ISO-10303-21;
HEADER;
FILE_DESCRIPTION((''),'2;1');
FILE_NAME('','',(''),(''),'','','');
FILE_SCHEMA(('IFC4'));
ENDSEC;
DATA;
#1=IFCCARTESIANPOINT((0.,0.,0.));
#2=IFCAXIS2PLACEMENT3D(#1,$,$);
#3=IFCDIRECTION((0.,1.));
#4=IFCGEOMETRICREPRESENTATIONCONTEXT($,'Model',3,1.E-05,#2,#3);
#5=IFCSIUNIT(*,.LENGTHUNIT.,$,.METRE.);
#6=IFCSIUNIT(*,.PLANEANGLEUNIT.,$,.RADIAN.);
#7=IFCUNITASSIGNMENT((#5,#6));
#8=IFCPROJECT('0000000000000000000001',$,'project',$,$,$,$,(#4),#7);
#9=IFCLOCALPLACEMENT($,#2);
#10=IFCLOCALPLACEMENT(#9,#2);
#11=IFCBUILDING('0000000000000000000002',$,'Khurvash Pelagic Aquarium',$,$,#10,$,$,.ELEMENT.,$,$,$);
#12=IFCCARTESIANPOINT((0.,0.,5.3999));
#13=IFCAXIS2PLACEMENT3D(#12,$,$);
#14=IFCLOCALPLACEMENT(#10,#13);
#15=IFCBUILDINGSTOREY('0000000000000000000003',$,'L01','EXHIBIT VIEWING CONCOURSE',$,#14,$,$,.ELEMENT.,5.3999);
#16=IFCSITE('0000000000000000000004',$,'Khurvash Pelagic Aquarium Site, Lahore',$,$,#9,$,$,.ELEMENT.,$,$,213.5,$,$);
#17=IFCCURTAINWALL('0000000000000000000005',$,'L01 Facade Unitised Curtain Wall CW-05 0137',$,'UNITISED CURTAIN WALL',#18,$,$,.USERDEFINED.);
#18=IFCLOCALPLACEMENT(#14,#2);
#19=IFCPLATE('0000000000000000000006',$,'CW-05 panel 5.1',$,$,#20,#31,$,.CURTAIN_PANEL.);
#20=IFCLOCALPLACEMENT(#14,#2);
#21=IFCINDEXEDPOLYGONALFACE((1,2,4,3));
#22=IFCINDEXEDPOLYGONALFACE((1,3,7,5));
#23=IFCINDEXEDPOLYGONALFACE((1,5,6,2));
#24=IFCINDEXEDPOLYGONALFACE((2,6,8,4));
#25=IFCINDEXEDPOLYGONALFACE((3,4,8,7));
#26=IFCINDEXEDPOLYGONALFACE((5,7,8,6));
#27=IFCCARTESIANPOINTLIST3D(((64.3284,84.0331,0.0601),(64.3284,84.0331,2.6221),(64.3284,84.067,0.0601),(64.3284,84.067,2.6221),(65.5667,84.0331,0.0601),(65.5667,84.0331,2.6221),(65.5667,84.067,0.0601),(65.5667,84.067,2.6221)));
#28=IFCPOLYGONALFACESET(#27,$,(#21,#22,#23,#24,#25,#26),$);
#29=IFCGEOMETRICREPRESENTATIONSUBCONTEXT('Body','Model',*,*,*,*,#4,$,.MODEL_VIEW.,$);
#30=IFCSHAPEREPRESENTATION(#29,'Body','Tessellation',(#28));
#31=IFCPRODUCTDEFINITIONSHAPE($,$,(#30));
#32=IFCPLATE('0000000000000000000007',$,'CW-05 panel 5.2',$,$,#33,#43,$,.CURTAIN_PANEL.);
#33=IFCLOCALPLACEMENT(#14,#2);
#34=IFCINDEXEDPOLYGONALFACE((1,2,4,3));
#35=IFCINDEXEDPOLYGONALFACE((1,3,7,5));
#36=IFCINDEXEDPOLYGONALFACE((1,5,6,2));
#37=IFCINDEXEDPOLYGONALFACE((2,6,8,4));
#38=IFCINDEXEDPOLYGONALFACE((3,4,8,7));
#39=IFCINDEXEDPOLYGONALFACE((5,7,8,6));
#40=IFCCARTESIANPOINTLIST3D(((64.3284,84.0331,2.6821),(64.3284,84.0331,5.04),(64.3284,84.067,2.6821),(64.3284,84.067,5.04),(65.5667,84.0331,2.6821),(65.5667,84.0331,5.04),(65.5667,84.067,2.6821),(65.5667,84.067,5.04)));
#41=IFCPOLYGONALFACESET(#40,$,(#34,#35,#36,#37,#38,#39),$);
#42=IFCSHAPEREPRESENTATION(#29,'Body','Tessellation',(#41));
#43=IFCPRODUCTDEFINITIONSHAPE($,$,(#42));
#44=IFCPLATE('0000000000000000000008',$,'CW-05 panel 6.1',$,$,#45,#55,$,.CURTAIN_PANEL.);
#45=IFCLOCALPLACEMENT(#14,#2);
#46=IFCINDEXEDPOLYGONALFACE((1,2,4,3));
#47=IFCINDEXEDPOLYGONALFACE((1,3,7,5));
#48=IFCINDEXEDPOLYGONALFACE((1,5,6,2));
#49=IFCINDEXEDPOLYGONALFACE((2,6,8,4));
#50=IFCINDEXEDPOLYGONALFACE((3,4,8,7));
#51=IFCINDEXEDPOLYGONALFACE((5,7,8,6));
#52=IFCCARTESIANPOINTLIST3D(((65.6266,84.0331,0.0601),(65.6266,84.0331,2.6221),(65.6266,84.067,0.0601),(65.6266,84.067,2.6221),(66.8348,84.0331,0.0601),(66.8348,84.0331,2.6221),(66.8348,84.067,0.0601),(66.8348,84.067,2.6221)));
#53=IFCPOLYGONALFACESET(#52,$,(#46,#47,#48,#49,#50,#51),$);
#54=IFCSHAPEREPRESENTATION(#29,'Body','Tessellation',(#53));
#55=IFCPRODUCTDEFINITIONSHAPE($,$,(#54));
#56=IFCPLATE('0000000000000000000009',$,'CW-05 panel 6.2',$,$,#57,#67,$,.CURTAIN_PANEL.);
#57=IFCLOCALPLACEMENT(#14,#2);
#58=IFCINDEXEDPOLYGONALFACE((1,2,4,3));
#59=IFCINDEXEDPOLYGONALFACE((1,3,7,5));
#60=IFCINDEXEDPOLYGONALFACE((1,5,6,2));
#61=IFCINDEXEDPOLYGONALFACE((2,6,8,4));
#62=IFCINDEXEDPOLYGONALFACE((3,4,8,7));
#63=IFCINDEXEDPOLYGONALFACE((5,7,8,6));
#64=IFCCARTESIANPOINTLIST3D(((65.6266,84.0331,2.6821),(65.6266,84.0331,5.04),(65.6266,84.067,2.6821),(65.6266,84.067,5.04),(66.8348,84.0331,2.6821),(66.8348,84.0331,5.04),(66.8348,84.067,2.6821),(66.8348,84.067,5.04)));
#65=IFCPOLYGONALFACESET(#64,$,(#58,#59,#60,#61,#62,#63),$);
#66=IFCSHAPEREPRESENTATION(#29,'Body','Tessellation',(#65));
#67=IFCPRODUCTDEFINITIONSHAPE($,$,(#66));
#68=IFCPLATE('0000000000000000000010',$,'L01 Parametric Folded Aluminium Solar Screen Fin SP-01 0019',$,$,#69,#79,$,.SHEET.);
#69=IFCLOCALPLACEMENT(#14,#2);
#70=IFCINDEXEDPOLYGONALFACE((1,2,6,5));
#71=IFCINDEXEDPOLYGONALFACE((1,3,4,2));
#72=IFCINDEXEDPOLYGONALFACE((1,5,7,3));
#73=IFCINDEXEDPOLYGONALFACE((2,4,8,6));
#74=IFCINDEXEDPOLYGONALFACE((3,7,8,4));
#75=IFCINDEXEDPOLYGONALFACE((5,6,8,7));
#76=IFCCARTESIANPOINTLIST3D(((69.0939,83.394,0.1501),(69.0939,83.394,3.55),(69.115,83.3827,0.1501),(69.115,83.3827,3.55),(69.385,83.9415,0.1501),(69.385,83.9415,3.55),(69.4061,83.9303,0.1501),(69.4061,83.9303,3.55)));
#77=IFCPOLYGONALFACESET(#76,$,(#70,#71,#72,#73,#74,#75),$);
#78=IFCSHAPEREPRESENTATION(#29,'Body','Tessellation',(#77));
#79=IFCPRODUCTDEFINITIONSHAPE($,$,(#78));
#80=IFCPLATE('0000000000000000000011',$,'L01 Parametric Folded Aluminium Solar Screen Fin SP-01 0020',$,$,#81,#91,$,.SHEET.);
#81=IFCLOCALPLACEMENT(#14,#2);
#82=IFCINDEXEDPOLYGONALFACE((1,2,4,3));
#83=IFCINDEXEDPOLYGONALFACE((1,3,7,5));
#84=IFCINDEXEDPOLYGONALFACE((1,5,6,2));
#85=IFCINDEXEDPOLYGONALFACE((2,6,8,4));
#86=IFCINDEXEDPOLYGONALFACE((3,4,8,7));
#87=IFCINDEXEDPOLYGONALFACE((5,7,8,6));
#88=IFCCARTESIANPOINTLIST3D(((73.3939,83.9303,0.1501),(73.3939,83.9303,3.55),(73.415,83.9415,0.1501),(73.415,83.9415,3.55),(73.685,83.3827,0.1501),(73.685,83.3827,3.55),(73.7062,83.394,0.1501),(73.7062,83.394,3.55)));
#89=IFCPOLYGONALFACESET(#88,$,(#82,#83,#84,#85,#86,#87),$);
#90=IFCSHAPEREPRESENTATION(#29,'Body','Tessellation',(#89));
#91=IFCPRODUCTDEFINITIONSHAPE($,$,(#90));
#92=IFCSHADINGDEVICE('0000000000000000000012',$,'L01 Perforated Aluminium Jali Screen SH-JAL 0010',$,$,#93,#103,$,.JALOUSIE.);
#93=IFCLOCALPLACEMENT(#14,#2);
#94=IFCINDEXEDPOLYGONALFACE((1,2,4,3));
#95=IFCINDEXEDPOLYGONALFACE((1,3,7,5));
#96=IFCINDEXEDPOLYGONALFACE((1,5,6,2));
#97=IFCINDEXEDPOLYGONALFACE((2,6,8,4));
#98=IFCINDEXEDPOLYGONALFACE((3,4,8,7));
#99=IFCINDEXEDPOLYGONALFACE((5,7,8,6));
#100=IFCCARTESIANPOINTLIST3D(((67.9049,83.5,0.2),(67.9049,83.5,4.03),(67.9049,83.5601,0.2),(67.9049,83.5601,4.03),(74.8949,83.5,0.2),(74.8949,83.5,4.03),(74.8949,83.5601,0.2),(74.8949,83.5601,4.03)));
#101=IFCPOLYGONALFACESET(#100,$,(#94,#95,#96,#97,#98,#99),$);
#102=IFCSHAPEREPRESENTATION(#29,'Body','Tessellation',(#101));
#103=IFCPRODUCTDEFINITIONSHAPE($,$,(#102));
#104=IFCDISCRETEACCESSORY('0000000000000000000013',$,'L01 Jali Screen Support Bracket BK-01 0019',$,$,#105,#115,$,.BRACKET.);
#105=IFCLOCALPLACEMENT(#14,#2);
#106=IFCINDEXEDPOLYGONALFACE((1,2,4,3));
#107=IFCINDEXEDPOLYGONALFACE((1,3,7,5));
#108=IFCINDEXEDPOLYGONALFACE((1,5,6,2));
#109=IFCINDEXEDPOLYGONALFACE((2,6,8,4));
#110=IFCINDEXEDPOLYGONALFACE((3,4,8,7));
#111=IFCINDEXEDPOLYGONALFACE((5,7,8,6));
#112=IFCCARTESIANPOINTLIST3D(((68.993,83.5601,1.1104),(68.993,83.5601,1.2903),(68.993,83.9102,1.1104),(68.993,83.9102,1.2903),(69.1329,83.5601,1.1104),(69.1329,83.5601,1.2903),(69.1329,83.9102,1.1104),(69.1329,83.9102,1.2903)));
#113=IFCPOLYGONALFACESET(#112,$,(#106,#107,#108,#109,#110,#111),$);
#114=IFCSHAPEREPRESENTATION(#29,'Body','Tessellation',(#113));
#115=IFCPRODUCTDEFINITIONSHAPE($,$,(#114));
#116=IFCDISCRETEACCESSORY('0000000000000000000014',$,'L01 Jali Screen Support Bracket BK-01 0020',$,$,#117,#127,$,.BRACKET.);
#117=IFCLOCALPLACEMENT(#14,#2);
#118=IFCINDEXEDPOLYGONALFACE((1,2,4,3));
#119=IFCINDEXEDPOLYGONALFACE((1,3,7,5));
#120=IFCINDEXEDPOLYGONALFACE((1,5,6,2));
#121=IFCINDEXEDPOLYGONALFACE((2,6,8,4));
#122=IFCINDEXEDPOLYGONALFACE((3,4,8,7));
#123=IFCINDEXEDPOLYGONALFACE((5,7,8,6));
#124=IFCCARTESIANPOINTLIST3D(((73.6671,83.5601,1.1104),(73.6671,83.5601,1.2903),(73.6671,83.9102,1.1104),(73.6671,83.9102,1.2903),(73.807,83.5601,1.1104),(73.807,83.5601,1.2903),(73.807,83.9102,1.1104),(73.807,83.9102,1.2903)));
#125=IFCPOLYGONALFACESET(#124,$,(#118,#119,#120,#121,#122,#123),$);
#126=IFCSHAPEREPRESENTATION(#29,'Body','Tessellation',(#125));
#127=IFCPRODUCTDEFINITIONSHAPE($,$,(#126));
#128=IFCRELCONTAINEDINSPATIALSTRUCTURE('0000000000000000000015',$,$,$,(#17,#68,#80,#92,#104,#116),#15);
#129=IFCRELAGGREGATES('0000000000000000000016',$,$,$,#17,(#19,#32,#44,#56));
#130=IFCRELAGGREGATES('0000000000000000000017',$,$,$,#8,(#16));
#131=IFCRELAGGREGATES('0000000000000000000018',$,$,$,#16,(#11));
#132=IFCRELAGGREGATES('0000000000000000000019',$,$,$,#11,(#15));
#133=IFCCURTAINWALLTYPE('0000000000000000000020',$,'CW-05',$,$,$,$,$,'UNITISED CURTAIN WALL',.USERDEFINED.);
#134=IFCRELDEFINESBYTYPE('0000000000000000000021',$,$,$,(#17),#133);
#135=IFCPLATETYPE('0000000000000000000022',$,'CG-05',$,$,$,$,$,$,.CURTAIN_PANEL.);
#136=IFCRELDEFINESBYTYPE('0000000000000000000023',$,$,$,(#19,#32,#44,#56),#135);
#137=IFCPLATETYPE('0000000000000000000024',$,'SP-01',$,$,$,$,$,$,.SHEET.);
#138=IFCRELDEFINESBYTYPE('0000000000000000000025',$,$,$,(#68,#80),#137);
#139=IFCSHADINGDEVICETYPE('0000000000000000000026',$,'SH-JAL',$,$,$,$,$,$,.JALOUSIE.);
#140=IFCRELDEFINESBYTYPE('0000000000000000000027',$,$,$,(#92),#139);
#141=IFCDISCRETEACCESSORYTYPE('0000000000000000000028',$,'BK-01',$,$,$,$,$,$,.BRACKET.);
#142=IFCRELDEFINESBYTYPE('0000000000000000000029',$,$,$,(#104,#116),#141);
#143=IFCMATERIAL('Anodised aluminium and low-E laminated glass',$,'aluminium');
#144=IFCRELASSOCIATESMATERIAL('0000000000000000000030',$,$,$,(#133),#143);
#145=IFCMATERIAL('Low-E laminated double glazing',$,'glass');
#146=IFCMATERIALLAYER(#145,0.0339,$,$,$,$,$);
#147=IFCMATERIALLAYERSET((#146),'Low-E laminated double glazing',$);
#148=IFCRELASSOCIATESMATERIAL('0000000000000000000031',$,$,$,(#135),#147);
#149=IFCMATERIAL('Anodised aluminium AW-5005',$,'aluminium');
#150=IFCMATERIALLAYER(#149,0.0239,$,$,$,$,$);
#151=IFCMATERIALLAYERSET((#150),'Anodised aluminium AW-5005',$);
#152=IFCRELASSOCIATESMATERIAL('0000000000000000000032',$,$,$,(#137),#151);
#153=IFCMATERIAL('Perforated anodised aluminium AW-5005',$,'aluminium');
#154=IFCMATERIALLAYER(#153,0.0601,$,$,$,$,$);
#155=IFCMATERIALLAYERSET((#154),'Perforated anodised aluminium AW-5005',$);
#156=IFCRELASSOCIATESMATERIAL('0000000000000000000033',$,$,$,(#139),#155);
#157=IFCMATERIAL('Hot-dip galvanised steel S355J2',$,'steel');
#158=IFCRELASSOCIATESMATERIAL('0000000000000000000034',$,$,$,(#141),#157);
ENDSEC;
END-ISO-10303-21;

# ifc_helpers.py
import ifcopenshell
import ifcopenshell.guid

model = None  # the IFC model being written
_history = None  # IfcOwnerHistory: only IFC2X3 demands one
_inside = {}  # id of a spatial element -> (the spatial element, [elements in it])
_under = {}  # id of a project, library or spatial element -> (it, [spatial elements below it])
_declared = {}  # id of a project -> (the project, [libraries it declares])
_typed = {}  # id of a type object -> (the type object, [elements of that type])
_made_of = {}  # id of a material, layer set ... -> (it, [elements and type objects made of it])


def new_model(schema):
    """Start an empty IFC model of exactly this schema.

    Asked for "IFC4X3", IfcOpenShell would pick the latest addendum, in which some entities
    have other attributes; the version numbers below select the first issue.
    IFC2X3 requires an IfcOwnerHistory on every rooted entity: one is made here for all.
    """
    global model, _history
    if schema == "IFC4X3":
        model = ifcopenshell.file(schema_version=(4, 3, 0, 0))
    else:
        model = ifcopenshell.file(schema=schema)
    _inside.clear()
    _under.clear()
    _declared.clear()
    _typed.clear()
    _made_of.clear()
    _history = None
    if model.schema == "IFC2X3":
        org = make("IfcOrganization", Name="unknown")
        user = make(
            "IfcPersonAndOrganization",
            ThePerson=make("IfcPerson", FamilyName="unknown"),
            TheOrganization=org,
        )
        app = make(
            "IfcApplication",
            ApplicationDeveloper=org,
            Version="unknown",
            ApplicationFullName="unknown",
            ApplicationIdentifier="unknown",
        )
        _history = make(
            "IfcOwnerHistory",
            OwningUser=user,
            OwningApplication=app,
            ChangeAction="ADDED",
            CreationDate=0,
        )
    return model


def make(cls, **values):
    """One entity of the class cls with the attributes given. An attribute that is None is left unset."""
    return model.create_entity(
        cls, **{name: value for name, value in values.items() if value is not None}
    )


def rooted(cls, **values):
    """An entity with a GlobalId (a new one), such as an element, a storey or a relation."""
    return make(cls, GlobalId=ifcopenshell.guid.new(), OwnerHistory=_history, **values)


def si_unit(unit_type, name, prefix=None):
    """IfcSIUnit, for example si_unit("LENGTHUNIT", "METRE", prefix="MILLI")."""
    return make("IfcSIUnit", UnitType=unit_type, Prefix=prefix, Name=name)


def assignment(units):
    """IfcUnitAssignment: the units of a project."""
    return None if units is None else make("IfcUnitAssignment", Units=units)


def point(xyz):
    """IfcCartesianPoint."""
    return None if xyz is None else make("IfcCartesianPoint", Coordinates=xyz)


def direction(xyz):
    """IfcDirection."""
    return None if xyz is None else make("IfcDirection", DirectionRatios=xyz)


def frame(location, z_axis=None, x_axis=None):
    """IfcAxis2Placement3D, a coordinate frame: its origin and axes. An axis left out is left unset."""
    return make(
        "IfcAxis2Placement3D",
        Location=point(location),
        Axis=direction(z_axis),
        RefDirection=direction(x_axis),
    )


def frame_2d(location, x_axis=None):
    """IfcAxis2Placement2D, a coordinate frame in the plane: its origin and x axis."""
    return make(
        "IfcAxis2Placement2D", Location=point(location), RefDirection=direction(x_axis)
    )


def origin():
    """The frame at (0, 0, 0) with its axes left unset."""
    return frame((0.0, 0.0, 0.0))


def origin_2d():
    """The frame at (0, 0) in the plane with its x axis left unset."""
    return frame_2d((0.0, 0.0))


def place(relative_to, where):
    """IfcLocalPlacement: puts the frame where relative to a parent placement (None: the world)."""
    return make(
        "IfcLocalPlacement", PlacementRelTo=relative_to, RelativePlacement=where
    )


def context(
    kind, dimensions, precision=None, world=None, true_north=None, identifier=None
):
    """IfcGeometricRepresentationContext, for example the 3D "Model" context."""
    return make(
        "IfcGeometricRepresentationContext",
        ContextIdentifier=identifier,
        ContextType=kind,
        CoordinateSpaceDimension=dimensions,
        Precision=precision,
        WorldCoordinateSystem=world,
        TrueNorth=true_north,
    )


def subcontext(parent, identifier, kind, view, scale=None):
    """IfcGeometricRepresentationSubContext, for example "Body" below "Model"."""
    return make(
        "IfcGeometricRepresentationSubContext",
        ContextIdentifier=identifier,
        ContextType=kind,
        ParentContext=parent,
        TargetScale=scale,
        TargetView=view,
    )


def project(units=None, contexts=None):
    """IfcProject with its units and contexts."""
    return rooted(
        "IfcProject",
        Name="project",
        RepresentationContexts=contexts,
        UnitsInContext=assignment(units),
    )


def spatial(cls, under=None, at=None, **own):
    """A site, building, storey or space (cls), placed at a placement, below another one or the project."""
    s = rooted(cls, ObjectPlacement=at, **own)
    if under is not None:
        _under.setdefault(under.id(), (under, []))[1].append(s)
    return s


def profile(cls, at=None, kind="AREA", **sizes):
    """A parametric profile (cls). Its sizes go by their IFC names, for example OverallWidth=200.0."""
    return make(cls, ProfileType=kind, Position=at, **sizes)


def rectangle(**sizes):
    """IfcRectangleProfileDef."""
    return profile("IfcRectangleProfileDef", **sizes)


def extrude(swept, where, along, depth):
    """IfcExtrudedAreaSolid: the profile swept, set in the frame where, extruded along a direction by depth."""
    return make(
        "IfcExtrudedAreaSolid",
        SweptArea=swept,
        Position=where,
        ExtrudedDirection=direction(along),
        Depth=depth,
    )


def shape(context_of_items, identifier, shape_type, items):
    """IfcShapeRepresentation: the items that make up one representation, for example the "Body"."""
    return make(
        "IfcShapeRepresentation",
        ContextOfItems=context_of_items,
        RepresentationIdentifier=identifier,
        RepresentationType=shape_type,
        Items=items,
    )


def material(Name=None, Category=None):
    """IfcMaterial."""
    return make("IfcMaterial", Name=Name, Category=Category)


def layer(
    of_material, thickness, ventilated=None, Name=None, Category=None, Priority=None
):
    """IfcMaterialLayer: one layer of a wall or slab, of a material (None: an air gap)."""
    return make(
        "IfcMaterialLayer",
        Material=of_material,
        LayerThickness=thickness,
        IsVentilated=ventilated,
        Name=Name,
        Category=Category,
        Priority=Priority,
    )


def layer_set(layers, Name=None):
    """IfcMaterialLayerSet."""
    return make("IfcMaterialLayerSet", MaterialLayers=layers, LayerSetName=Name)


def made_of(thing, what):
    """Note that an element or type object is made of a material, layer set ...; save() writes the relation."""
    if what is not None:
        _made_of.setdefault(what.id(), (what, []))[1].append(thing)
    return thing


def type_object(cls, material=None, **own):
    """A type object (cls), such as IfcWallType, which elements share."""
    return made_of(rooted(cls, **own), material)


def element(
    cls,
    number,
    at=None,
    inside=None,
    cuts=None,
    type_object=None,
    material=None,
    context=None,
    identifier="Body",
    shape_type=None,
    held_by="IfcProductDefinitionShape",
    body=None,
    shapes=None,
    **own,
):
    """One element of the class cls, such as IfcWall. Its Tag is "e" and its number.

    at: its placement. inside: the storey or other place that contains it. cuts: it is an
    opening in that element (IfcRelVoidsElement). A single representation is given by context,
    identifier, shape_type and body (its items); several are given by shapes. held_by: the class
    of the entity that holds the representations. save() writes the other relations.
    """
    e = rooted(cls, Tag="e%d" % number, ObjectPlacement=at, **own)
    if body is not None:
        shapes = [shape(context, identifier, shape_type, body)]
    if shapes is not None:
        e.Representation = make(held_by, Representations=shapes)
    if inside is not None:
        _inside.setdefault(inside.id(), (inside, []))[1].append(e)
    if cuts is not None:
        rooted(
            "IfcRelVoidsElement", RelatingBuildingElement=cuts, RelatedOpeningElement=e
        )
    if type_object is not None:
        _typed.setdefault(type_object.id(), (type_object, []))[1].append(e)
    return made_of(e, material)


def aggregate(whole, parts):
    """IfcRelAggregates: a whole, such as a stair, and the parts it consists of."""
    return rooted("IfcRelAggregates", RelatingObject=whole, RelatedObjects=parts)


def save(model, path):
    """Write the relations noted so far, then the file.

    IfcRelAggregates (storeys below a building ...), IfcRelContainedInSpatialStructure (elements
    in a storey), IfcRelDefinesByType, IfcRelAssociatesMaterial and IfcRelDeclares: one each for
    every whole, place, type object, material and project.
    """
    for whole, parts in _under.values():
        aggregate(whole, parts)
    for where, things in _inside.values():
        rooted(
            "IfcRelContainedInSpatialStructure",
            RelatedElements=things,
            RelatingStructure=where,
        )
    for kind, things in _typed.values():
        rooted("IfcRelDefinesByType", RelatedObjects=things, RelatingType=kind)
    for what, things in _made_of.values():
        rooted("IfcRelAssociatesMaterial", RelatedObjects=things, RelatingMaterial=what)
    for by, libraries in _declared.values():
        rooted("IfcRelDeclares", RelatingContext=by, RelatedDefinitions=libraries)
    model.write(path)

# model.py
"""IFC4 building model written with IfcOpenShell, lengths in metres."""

from ifc_helpers import new_model, si_unit, direction, frame, origin, origin_2d, place, context, subcontext, project, spatial, rectangle, extrude, material, layer, layer_set, type_object, element, aggregate, save


model = new_model("IFC4")

# Units and contexts
model_context = context("Model", 3, precision=1e-05, world=origin(), true_north=direction((0.0, 1.0)))
body_context = subcontext(model_context, "Body", "Model", "MODEL_VIEW")
ifc_project = project(units=[si_unit("LENGTHUNIT", "METRE"), si_unit("PLANEANGLEUNIT", "RADIAN")], contexts=[model_context])

# Site, building, storey
site_placement = place(None, origin())
site = spatial("IfcSite", under=ifc_project, at=site_placement, Name="Khurvash Pelagic Aquarium Site, Lahore", CompositionType="ELEMENT", RefElevation=213.5)
building_placement = place(site_placement, origin())
building = spatial("IfcBuilding", under=site, at=building_placement, Name="Khurvash Pelagic Aquarium", CompositionType="ELEMENT")
storey_placement = place(building_placement, frame((0.0, 0.0, 5.3999)))
storey = spatial("IfcBuildingStorey", under=building, at=storey_placement, Name="L01", Description="EXHIBIT VIEWING CONCOURSE", CompositionType="ELEMENT", Elevation=5.3999)

# Curtain wall, plates
ifc_material_1 = material(Name="Anodised aluminium and low-E laminated glass", Category="aluminium")
curtain_wall_type = type_object("IfcCurtainWallType", Name="CW-05", ElementType="UNITISED CURTAIN WALL", PredefinedType="USERDEFINED", material=ifc_material_1)
curtain_wall_placement = place(storey_placement, origin())
curtain_wall = element("IfcCurtainWall", 1, at=curtain_wall_placement, inside=storey, type_object=curtain_wall_type, Name="L01 Facade Unitised Curtain Wall CW-05 0137", ObjectType="UNITISED CURTAIN WALL", PredefinedType="USERDEFINED")
ifc_material_2 = material(Name="Low-E laminated double glazing", Category="glass")
ifc_layer_1 = layer(ifc_material_2, 0.0339)
ifc_layer_set_1 = layer_set([ifc_layer_1], Name="Low-E laminated double glazing")
plate_type_1 = type_object("IfcPlateType", Name="CG-05", PredefinedType="CURTAIN_PANEL", material=ifc_layer_set_1)
plate_1_placement = place(storey_placement, frame((64.9475, 84.05, 0.0601), z_axis=(0.0, 0.0, 1.0), x_axis=(1.0, 0.0, 0.0)))
plate_1 = element("IfcPlate", 2, at=plate_1_placement, type_object=plate_type_1, Name="CW-05 panel 5.1", PredefinedType="CURTAIN_PANEL", context=body_context, shape_type="SweptSolid", body=[
    extrude(rectangle(XDim=1.2383, YDim=0.0339, at=origin_2d()), origin(), (0.0, 0.0, 1.0), 2.562),
])
plate_2_placement = place(storey_placement, frame((64.9475, 84.05, 2.6821), z_axis=(0.0, 0.0, 1.0), x_axis=(1.0, 0.0, 0.0)))
plate_2 = element("IfcPlate", 3, at=plate_2_placement, type_object=plate_type_1, Name="CW-05 panel 5.2", PredefinedType="CURTAIN_PANEL", context=body_context, shape_type="SweptSolid", body=[
    extrude(rectangle(XDim=1.2383, YDim=0.0339, at=origin_2d()), origin(), (0.0, 0.0, 1.0), 2.3579),
])
plate_3_placement = place(storey_placement, frame((66.2307, 84.05, 0.0601), z_axis=(0.0, 0.0, 1.0), x_axis=(1.0, 0.0, 0.0)))
plate_3 = element("IfcPlate", 4, at=plate_3_placement, type_object=plate_type_1, Name="CW-05 panel 6.1", PredefinedType="CURTAIN_PANEL", context=body_context, shape_type="SweptSolid", body=[
    extrude(rectangle(XDim=1.2083, YDim=0.0339, at=origin_2d()), origin(), (0.0, 0.0, 1.0), 2.562),
])
plate_4_placement = place(storey_placement, frame((66.2307, 84.05, 2.6821), z_axis=(0.0, 0.0, 1.0), x_axis=(1.0, 0.0, 0.0)))
plate_4 = element("IfcPlate", 5, at=plate_4_placement, type_object=plate_type_1, Name="CW-05 panel 6.2", PredefinedType="CURTAIN_PANEL", context=body_context, shape_type="SweptSolid", body=[
    extrude(rectangle(XDim=1.2083, YDim=0.0339, at=origin_2d()), origin(), (0.0, 0.0, 1.0), 2.3579),
])
aggregate(curtain_wall, [plate_1, plate_2, plate_3, plate_4])

# Plates
ifc_material_3 = material(Name="Anodised aluminium AW-5005", Category="aluminium")
ifc_layer_2 = layer(ifc_material_3, 0.0239)
ifc_layer_set_2 = layer_set([ifc_layer_2], Name="Anodised aluminium AW-5005")
plate_type_2 = type_object("IfcPlateType", Name="SP-01", PredefinedType="SHEET", material=ifc_layer_set_2)
for number, where, z_axis, x_axis, name in (
    (6, (69.25, 83.6621, 0.1501), (0.0, 0.0, 1.0), (-0.469472, -0.882948, 0.0), "L01 Parametric Folded Aluminium Solar Screen Fin SP-01 0019"),
    (7, (73.55, 83.6621, 0.1501), (0.0, 0.0, 1.0), (0.469472, -0.882948, 0.0), "L01 Parametric Folded Aluminium Solar Screen Fin SP-01 0020"),
):
    element("IfcPlate", number, at=place(storey_placement, frame(where, z_axis=z_axis, x_axis=x_axis)), inside=storey, type_object=plate_type_2, Name=name, PredefinedType="SHEET", context=body_context, shape_type="SweptSolid", body=[
        extrude(rectangle(XDim=0.6201, YDim=0.0239, at=origin_2d()), origin(), (0.0, 0.0, 1.0), 3.3999),
    ])

# Shading device
ifc_material_4 = material(Name="Perforated anodised aluminium AW-5005", Category="aluminium")
ifc_layer_3 = layer(ifc_material_4, 0.0601)
ifc_layer_set_3 = layer_set([ifc_layer_3], Name="Perforated anodised aluminium AW-5005")
shading_device_type = type_object("IfcShadingDeviceType", Name="SH-JAL", PredefinedType="JALOUSIE", material=ifc_layer_set_3)
shading_device_placement = place(storey_placement, frame((71.3999, 83.53, 0.2), z_axis=(0.0, 0.0, 1.0), x_axis=(1.0, 0.0, 0.0)))
element("IfcShadingDevice", 8, at=shading_device_placement, inside=storey, type_object=shading_device_type, Name="L01 Perforated Aluminium Jali Screen SH-JAL 0010", PredefinedType="JALOUSIE", context=body_context, shape_type="SweptSolid", body=[
    extrude(rectangle(XDim=6.99, YDim=0.0601, at=origin_2d()), origin(), (0.0, 0.0, 1.0), 3.8301),
])

# Discrete accessories
ifc_material_5 = material(Name="Hot-dip galvanised steel S355J2", Category="steel")
discrete_accessory_type = type_object("IfcDiscreteAccessoryType", Name="BK-01", PredefinedType="BRACKET", material=ifc_material_5)
for number, where, z_axis, x_axis, name in (
    (9, (69.063, 83.7351, 1.1104), (0.0, 0.0, 1.0), (1.0, 0.0, 0.0), "L01 Jali Screen Support Bracket BK-01 0019"),
    (10, (73.7371, 83.7351, 1.1104), (0.0, 0.0, 1.0), (1.0, 0.0, 0.0), "L01 Jali Screen Support Bracket BK-01 0020"),
):
    element("IfcDiscreteAccessory", number, at=place(storey_placement, frame(where, z_axis=z_axis, x_axis=x_axis)), inside=storey, type_object=discrete_accessory_type, Name=name, PredefinedType="BRACKET", context=body_context, shape_type="SweptSolid", body=[
        extrude(rectangle(XDim=0.1399, YDim=0.3501, at=origin_2d()), origin(), (0.0, 0.0, 1.0), 0.1799),
    ])

save(model, "model.ifc")
